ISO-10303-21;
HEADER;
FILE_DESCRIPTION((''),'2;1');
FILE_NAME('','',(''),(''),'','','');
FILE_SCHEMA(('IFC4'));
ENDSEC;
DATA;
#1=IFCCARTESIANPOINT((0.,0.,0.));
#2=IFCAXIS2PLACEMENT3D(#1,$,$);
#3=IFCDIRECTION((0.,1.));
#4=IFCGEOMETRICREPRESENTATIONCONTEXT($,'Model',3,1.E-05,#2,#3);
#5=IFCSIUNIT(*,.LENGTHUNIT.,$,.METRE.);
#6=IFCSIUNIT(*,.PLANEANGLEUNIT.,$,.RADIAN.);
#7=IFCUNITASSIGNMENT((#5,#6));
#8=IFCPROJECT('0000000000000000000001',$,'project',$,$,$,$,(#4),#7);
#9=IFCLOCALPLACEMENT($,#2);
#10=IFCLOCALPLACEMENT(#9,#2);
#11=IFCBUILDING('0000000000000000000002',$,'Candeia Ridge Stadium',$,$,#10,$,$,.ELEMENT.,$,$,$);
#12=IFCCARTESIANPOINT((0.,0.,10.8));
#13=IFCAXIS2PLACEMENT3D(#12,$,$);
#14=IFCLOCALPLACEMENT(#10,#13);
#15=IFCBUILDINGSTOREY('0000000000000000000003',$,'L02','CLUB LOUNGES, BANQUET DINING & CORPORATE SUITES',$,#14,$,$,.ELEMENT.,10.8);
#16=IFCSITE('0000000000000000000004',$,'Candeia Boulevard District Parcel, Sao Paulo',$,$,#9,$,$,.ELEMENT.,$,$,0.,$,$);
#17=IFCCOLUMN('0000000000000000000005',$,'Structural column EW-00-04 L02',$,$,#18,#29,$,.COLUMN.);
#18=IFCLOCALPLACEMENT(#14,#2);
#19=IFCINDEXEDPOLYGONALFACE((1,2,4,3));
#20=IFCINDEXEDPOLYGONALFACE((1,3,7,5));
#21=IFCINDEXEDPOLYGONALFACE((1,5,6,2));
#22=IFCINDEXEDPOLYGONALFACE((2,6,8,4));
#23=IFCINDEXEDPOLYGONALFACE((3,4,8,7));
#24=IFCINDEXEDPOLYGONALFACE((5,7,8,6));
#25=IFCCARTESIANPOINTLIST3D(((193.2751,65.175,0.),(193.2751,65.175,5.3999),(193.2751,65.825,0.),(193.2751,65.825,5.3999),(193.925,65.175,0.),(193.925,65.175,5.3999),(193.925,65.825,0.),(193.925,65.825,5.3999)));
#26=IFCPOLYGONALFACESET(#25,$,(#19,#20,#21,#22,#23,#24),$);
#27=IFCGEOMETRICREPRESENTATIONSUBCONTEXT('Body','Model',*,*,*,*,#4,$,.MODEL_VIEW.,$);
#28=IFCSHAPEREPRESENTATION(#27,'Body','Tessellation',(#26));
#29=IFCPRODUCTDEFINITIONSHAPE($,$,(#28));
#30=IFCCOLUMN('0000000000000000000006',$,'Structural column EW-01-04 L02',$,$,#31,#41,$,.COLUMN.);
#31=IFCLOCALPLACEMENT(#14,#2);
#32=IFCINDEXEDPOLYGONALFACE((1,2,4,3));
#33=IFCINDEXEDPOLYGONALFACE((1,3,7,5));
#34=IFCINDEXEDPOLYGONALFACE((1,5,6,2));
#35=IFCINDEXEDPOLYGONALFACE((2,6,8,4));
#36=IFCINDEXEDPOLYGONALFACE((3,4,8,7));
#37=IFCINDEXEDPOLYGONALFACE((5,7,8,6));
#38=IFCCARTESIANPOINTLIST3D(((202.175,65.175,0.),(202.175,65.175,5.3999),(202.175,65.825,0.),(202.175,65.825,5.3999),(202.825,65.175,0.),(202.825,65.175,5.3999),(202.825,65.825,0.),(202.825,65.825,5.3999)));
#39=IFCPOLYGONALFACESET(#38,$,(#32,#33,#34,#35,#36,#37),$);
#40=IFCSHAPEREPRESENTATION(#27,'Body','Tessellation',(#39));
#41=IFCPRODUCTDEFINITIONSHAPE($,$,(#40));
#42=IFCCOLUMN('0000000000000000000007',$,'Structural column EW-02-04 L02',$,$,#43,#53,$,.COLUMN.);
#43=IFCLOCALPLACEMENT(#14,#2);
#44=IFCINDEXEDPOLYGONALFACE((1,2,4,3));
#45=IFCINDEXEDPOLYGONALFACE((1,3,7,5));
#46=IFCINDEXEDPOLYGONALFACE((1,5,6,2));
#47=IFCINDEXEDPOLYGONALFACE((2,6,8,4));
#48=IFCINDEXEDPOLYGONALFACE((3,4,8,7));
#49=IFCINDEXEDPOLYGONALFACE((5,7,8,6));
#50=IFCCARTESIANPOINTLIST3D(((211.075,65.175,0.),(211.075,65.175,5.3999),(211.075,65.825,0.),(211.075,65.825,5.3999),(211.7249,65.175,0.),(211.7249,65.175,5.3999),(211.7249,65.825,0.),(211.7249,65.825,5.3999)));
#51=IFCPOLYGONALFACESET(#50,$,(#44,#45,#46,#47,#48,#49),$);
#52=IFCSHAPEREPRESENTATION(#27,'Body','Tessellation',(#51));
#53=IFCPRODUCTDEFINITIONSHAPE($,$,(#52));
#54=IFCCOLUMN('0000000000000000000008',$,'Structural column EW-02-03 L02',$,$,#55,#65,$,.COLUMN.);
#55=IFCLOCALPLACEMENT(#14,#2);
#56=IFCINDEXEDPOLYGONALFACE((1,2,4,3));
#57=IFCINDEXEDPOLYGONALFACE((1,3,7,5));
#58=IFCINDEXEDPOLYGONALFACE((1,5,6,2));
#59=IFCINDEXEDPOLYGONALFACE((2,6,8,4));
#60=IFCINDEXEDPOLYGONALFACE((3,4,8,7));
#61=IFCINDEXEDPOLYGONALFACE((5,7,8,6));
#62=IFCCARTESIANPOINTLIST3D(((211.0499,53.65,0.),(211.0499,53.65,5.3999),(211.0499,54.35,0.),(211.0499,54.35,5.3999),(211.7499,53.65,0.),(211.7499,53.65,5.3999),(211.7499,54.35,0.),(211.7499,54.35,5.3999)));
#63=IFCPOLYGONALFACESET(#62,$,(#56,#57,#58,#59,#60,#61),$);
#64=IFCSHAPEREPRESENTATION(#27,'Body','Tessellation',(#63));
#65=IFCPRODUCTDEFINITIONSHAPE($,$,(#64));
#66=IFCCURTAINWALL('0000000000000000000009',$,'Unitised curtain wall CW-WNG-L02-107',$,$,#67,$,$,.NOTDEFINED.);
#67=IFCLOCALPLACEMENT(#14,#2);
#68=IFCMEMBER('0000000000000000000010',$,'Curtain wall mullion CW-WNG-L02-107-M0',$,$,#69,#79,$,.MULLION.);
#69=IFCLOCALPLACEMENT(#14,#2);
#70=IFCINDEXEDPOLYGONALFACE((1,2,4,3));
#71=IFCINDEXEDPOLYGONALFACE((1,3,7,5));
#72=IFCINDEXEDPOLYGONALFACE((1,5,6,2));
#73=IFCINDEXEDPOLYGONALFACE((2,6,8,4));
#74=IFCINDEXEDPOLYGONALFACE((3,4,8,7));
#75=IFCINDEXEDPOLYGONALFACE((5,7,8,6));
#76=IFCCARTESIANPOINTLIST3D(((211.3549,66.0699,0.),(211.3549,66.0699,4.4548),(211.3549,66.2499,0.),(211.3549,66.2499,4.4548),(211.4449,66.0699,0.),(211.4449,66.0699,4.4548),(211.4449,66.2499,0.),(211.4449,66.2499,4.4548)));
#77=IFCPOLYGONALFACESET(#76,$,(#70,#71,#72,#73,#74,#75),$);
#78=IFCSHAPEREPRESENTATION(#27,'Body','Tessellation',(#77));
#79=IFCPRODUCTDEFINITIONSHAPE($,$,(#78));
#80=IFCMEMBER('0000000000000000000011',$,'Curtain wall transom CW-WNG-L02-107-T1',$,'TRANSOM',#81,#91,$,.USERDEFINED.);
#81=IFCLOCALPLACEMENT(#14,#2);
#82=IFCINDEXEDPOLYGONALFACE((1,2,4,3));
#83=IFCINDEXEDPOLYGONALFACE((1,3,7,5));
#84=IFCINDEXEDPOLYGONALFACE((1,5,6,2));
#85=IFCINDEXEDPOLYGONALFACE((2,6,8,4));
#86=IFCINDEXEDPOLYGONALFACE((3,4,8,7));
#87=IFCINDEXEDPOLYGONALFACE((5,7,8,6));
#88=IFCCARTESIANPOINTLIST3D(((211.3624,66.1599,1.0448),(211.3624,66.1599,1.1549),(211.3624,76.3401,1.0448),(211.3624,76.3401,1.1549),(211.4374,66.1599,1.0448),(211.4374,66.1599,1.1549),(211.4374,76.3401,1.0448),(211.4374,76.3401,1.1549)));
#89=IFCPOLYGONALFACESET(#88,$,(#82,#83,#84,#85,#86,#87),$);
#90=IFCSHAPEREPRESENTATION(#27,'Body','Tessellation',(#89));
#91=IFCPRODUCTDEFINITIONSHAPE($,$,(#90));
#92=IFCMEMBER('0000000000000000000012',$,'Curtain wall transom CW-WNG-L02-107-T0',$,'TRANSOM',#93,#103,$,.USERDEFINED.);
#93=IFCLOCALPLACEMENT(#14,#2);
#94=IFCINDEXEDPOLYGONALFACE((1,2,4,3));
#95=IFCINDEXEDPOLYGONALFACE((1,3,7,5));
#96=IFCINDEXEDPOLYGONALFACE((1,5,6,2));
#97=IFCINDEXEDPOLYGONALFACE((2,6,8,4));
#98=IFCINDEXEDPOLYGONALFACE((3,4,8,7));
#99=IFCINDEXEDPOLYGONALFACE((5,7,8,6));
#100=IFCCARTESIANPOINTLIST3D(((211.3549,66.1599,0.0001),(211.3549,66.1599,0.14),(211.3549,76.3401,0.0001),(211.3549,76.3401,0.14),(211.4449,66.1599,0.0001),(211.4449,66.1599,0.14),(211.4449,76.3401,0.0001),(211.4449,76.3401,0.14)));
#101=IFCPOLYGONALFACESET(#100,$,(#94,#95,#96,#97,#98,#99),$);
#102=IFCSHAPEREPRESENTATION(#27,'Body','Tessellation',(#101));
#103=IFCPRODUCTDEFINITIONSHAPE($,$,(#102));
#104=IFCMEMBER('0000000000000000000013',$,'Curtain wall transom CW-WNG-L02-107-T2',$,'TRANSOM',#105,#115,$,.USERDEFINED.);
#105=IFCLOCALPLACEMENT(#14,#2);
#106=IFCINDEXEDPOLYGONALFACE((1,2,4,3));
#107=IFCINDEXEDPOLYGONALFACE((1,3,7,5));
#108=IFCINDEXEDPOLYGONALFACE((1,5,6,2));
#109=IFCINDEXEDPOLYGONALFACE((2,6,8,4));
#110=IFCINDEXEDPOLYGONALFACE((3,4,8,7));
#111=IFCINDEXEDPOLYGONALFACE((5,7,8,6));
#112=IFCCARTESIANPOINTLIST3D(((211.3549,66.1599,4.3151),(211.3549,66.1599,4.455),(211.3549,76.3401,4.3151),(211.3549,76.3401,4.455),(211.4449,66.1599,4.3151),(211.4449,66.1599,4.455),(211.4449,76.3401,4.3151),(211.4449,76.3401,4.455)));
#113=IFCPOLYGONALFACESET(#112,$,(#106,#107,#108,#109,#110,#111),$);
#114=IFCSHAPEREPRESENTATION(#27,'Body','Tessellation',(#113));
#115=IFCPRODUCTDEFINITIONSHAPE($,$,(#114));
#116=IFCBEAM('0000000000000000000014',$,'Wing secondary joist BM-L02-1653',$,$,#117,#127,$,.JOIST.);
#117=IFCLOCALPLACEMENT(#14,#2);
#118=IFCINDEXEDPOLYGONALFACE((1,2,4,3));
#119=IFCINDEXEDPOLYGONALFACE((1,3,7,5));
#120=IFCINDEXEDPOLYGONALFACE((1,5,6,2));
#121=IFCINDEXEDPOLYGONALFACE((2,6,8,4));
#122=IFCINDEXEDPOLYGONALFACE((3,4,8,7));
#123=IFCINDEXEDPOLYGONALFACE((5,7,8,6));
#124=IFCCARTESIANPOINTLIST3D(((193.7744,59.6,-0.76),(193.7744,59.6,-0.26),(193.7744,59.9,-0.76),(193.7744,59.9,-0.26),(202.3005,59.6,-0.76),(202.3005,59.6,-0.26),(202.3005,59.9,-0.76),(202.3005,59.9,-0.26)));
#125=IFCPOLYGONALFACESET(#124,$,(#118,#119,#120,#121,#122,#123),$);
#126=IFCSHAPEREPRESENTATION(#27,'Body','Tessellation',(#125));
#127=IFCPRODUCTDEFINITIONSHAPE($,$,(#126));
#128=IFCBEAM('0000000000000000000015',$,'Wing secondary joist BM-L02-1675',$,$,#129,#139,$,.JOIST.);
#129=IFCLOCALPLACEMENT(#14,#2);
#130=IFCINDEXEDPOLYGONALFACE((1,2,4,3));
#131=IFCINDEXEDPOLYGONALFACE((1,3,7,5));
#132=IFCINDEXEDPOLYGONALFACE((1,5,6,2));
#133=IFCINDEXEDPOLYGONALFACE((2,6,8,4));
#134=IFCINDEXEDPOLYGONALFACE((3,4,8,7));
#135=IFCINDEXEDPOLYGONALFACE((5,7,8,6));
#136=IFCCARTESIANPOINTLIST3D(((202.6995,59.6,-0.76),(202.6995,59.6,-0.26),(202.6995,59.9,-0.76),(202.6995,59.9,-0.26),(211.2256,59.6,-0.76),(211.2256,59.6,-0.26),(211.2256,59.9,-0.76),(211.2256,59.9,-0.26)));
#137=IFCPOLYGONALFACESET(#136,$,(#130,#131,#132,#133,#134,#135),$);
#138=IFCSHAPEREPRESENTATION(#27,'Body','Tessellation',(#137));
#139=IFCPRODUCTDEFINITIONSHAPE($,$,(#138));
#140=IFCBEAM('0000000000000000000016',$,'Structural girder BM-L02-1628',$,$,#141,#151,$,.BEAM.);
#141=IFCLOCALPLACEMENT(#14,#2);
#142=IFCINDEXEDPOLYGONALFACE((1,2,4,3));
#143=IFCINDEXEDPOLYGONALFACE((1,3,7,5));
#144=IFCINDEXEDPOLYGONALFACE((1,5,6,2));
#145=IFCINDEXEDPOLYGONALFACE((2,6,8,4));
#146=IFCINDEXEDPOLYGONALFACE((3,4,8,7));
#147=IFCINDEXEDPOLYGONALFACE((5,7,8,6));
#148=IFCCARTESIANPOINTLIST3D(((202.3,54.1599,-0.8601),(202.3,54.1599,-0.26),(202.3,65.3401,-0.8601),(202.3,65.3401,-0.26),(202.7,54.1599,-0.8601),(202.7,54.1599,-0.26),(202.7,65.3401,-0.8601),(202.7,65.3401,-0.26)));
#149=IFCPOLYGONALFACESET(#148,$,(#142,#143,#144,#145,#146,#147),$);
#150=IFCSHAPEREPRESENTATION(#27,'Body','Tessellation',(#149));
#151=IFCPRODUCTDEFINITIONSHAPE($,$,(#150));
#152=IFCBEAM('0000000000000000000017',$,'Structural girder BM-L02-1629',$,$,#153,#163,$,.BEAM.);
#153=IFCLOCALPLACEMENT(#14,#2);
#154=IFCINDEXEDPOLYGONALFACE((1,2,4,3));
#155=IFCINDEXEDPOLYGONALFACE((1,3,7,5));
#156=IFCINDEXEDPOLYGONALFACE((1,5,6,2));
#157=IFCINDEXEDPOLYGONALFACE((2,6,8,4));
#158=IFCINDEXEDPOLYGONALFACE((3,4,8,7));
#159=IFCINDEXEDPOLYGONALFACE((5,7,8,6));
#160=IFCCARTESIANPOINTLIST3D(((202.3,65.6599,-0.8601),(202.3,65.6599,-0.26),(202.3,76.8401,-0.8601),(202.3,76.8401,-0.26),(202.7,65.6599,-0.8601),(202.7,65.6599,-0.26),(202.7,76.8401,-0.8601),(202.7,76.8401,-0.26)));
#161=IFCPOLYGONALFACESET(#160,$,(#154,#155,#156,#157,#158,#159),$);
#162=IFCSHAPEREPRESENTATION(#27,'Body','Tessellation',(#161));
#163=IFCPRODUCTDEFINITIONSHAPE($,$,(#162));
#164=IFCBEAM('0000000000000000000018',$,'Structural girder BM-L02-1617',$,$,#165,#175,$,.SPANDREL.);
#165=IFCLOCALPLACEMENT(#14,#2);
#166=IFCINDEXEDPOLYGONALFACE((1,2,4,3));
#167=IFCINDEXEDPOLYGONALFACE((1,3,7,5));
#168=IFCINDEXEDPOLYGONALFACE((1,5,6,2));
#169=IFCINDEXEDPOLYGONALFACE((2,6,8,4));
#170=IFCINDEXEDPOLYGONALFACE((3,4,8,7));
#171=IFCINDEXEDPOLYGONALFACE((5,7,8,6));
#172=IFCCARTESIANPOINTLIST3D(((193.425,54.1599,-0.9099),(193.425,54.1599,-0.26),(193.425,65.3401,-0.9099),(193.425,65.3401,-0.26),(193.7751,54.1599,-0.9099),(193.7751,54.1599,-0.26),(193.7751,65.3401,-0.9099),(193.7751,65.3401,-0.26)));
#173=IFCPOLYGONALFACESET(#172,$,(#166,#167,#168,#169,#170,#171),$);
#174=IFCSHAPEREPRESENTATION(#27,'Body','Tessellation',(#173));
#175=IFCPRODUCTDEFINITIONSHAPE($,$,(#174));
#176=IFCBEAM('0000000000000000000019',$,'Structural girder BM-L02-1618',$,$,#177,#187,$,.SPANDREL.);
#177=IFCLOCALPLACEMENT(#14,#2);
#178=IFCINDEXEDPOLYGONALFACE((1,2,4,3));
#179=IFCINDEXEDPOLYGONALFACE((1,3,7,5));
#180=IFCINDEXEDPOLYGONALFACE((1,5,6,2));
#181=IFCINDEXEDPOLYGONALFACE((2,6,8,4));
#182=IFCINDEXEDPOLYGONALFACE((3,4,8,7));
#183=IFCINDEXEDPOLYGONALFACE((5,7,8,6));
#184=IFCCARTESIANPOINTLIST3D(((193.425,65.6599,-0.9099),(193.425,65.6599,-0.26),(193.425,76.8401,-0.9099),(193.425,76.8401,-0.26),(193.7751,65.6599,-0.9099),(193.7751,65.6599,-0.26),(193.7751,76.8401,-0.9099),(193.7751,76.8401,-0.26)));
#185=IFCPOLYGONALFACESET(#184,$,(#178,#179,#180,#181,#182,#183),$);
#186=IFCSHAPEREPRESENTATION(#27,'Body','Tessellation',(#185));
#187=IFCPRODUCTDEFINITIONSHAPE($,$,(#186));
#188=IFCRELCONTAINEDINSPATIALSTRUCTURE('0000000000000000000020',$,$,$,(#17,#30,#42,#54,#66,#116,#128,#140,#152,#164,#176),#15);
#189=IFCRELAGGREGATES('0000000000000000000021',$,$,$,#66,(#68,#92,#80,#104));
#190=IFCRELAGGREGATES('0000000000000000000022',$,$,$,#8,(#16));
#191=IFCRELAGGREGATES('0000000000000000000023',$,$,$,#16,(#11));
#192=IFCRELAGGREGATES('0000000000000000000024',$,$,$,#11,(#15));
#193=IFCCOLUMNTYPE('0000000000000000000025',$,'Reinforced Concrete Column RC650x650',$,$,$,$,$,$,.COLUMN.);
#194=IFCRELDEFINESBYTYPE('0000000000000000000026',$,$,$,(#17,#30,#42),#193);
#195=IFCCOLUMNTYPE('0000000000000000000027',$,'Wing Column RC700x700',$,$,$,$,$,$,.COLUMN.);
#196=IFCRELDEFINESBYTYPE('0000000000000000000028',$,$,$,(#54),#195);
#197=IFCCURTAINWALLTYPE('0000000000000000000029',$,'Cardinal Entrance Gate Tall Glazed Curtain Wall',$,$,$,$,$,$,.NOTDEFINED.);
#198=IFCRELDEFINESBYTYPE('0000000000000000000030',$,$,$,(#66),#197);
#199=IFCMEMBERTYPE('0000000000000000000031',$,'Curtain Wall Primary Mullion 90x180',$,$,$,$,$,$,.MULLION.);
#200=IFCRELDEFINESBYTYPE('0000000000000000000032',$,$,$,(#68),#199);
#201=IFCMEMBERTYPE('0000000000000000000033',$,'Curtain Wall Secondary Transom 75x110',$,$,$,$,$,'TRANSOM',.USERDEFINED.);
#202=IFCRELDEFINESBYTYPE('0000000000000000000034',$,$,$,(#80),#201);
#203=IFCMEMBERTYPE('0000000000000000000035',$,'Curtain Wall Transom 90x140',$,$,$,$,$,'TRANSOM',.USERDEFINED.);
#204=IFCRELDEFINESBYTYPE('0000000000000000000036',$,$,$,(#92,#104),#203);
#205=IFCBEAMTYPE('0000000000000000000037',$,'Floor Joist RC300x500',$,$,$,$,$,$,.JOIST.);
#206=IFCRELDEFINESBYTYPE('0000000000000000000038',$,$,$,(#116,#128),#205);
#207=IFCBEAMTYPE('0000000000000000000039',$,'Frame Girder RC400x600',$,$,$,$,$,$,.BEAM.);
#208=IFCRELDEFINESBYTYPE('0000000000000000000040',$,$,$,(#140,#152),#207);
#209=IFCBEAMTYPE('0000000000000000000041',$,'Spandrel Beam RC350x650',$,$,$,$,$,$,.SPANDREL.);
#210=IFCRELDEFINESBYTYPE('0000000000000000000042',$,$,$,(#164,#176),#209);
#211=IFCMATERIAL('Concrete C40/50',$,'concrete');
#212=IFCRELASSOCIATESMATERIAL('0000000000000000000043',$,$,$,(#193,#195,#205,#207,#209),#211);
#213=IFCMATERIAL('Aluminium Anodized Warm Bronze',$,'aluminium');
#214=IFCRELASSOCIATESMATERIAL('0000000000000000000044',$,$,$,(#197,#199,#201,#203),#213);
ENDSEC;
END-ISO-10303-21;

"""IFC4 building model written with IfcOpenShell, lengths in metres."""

from ifc_helpers import new_model, si_unit, direction, frame, origin, origin_2d, place, context, subcontext, project, spatial, rectangle, extrude, material, material_profile, profile_set, type_object, element, aggregate, save


model = new_model("IFC4")

# Units and contexts
model_context = context("Model", 3, precision=1e-05, world=origin(), true_north=direction((0.0, 1.0)))
body_context = subcontext(model_context, "Body", "Model", "MODEL_VIEW")
ifc_project = project(units=[si_unit("LENGTHUNIT", "METRE"), si_unit("PLANEANGLEUNIT", "RADIAN")], contexts=[model_context])

# Site, building, storey
site_placement = place(None, origin())
site = spatial("IfcSite", under=ifc_project, at=site_placement, Name="Candeia Boulevard District Parcel, Sao Paulo", CompositionType="ELEMENT", RefElevation=0.0)
building_placement = place(site_placement, origin())
building = spatial("IfcBuilding", under=site, at=building_placement, Name="Candeia Ridge Stadium", CompositionType="ELEMENT")
storey_placement = place(building_placement, frame((0.0, 0.0, 10.8)))
storey = spatial("IfcBuildingStorey", under=building, at=storey_placement, Name="L02", Description="CLUB LOUNGES, BANQUET DINING & CORPORATE SUITES", CompositionType="ELEMENT", Elevation=10.8)

# Columns
ifc_material_1 = material(Name="Concrete C40/50", Category="concrete")
ifc_material_profile_1 = material_profile(ifc_material_1, rectangle(XDim=0.6499, YDim=0.6499, at=origin_2d()), Name="RC650x650", Category="concrete")
ifc_profile_set_1 = profile_set([ifc_material_profile_1], Name="Concrete C40/50")
column_type_1 = type_object("IfcColumnType", Name="Reinforced Concrete Column RC650x650", PredefinedType="COLUMN", material=ifc_profile_set_1)
for number, where, z_axis, x_axis, name in (
    (1, (193.6001, 65.5, 0.0), (0.0, 0.0, 1.0), (1.0, 0.0, 0.0), "Structural column EW-00-04 L02"),
    (2, (202.5, 65.5, 0.0), (0.0, 0.0, 1.0), (1.0, 0.0, 0.0), "Structural column EW-01-04 L02"),
    (3, (211.3999, 65.5, 0.0), (0.0, 0.0, 1.0), (1.0, 0.0, 0.0), "Structural column EW-02-04 L02"),
):
    element("IfcColumn", number, at=place(storey_placement, frame(where, z_axis=z_axis, x_axis=x_axis)), inside=storey, type_object=column_type_1, Name=name, PredefinedType="COLUMN", context=body_context, shape_type="SweptSolid", body=[
        extrude(rectangle(XDim=0.6499, YDim=0.6499, at=origin_2d()), origin(), (0.0, 0.0, 1.0), 5.3999),
    ])
ifc_material_profile_2 = material_profile(ifc_material_1, rectangle(XDim=0.7, YDim=0.7, at=origin_2d()), Name="RC700x700", Category="concrete")
ifc_profile_set_2 = profile_set([ifc_material_profile_2], Name="Concrete C40/50")
column_type_2 = type_object("IfcColumnType", Name="Wing Column RC700x700", PredefinedType="COLUMN", material=ifc_profile_set_2)
column_placement = place(storey_placement, frame((211.3999, 54.0, 0.0), z_axis=(0.0, 0.0, 1.0), x_axis=(1.0, 0.0, 0.0)))
element("IfcColumn", 4, at=column_placement, inside=storey, type_object=column_type_2, Name="Structural column EW-02-03 L02", PredefinedType="COLUMN", context=body_context, shape_type="SweptSolid", body=[
    extrude(rectangle(XDim=0.7, YDim=0.7, at=origin_2d()), origin(), (0.0, 0.0, 1.0), 5.3999),
])

# Curtain wall, members
ifc_material_2 = material(Name="Aluminium Anodized Warm Bronze", Category="aluminium")
curtain_wall_type = type_object("IfcCurtainWallType", Name="Cardinal Entrance Gate Tall Glazed Curtain Wall", PredefinedType="NOTDEFINED", material=ifc_material_2)
curtain_wall_placement = place(storey_placement, origin())
curtain_wall = element("IfcCurtainWall", 5, at=curtain_wall_placement, inside=storey, type_object=curtain_wall_type, Name="Unitised curtain wall CW-WNG-L02-107", PredefinedType="NOTDEFINED")
ifc_material_profile_3 = material_profile(ifc_material_2, rectangle(XDim=0.0901, YDim=0.1799, at=origin_2d()), Name="CWM-90x180", Category="aluminium")
ifc_profile_set_3 = profile_set([ifc_material_profile_3], Name="Aluminium Anodized Warm Bronze")
member_type_1 = type_object("IfcMemberType", Name="Curtain Wall Primary Mullion 90x180", PredefinedType="MULLION", material=ifc_profile_set_3)
member_1_placement = place(storey_placement, frame((211.3999, 66.1599, 0.0), z_axis=(0.0, 0.0, 1.0), x_axis=(1.0, 0.0, 0.0)))
member_1 = element("IfcMember", 6, at=member_1_placement, type_object=member_type_1, Name="Curtain wall mullion CW-WNG-L02-107-M0", PredefinedType="MULLION", context=body_context, shape_type="SweptSolid", body=[
    extrude(rectangle(XDim=0.0901, YDim=0.1799, at=origin_2d()), origin(), (0.0, 0.0, 1.0), 4.4548),
])
ifc_material_profile_4 = material_profile(ifc_material_2, rectangle(XDim=0.075, YDim=0.1101, at=origin_2d()), Name="CWT-75x110", Category="aluminium")
ifc_profile_set_4 = profile_set([ifc_material_profile_4], Name="Aluminium Anodized Warm Bronze")
member_type_2 = type_object("IfcMemberType", Name="Curtain Wall Secondary Transom 75x110", ElementType="TRANSOM", PredefinedType="USERDEFINED", material=ifc_profile_set_4)
member_2_placement = place(storey_placement, frame((211.3999, 66.1599, 1.0999), z_axis=(0.0, 1.0, 0.0), x_axis=(-1.0, 0.0, 0.0)))
member_2 = element("IfcMember", 7, at=member_2_placement, type_object=member_type_2, Name="Curtain wall transom CW-WNG-L02-107-T1", ObjectType="TRANSOM", PredefinedType="USERDEFINED", context=body_context, shape_type="SweptSolid", body=[
    extrude(rectangle(XDim=0.075, YDim=0.1101, at=origin_2d()), origin(), (0.0, 0.0, 1.0), 10.1802),
])
ifc_material_profile_5 = material_profile(ifc_material_2, rectangle(XDim=0.0901, YDim=0.1399, at=origin_2d()), Name="CWT-90x140", Category="aluminium")
ifc_profile_set_5 = profile_set([ifc_material_profile_5], Name="Aluminium Anodized Warm Bronze")
member_type_3 = type_object("IfcMemberType", Name="Curtain Wall Transom 90x140", ElementType="TRANSOM", PredefinedType="USERDEFINED", material=ifc_profile_set_5)
member_3_placement = place(storey_placement, frame((211.3999, 66.1599, 0.0701), z_axis=(0.0, 1.0, 0.0), x_axis=(-1.0, 0.0, 0.0)))
member_3 = element("IfcMember", 8, at=member_3_placement, type_object=member_type_3, Name="Curtain wall transom CW-WNG-L02-107-T0", ObjectType="TRANSOM", PredefinedType="USERDEFINED", context=body_context, shape_type="SweptSolid", body=[
    extrude(rectangle(XDim=0.0901, YDim=0.1399, at=origin_2d()), origin(), (0.0, 0.0, 1.0), 10.1802),
])
member_4_placement = place(storey_placement, frame((211.3999, 66.1599, 4.385), z_axis=(0.0, 1.0, 0.0), x_axis=(-1.0, 0.0, 0.0)))
member_4 = element("IfcMember", 9, at=member_4_placement, type_object=member_type_3, Name="Curtain wall transom CW-WNG-L02-107-T2", ObjectType="TRANSOM", PredefinedType="USERDEFINED", context=body_context, shape_type="SweptSolid", body=[
    extrude(rectangle(XDim=0.0901, YDim=0.1399, at=origin_2d()), origin(), (0.0, 0.0, 1.0), 10.1802),
])
aggregate(curtain_wall, [member_1, member_3, member_2, member_4])

# Beams
ifc_material_profile_6 = material_profile(ifc_material_1, rectangle(XDim=0.3, YDim=0.5, at=origin_2d()), Name="RC300x500", Category="concrete")
ifc_profile_set_6 = profile_set([ifc_material_profile_6], Name="Concrete C40/50")
beam_type_1 = type_object("IfcBeamType", Name="Floor Joist RC300x500", PredefinedType="JOIST", material=ifc_profile_set_6)
for number, where, z_axis, x_axis, name in (
    (10, (193.7744, 59.75, -0.51), (1.0, 0.0, 0.0), (0.0, 1.0, 0.0), "Wing secondary joist BM-L02-1653"),
    (11, (202.6995, 59.75, -0.51), (1.0, 0.0, 0.0), (0.0, 1.0, 0.0), "Wing secondary joist BM-L02-1675"),
):
    element("IfcBeam", number, at=place(storey_placement, frame(where, z_axis=z_axis, x_axis=x_axis)), inside=storey, type_object=beam_type_1, Name=name, PredefinedType="JOIST", context=body_context, shape_type="SweptSolid", body=[
        extrude(rectangle(XDim=0.3, YDim=0.5, at=origin_2d()), origin(), (0.0, 0.0, 1.0), 8.5261),
    ])
ifc_material_profile_7 = material_profile(ifc_material_1, rectangle(XDim=0.3999, YDim=0.6001, at=origin_2d()), Name="RC400x600", Category="concrete")
ifc_profile_set_7 = profile_set([ifc_material_profile_7], Name="Concrete C40/50")
beam_type_2 = type_object("IfcBeamType", Name="Frame Girder RC400x600", PredefinedType="BEAM", material=ifc_profile_set_7)
for number, where, z_axis, x_axis, name in (
    (12, (202.5, 54.1599, -0.5601), (0.0, 1.0, 0.0), (-1.0, 0.0, 0.0), "Structural girder BM-L02-1628"),
    (13, (202.5, 65.6599, -0.5601), (0.0, 1.0, 0.0), (-1.0, 0.0, 0.0), "Structural girder BM-L02-1629"),
):
    element("IfcBeam", number, at=place(storey_placement, frame(where, z_axis=z_axis, x_axis=x_axis)), inside=storey, type_object=beam_type_2, Name=name, PredefinedType="BEAM", context=body_context, shape_type="SweptSolid", body=[
        extrude(rectangle(XDim=0.3999, YDim=0.6001, at=origin_2d()), origin(), (0.0, 0.0, 1.0), 11.1802),
    ])
ifc_material_profile_8 = material_profile(ifc_material_1, rectangle(XDim=0.3501, YDim=0.6499, at=origin_2d()), Name="RC350x650", Category="concrete")
ifc_profile_set_8 = profile_set([ifc_material_profile_8], Name="Concrete C40/50")
beam_type_3 = type_object("IfcBeamType", Name="Spandrel Beam RC350x650", PredefinedType="SPANDREL", material=ifc_profile_set_8)
for number, where, z_axis, x_axis, name in (
    (14, (193.6001, 54.1599, -0.585), (0.0, 1.0, 0.0), (-1.0, 0.0, 0.0), "Structural girder BM-L02-1617"),
    (15, (193.6001, 65.6599, -0.585), (0.0, 1.0, 0.0), (-1.0, 0.0, 0.0), "Structural girder BM-L02-1618"),
):
    element("IfcBeam", number, at=place(storey_placement, frame(where, z_axis=z_axis, x_axis=x_axis)), inside=storey, type_object=beam_type_3, Name=name, PredefinedType="SPANDREL", context=body_context, shape_type="SweptSolid", body=[
        extrude(rectangle(XDim=0.3501, YDim=0.6499, at=origin_2d()), origin(), (0.0, 0.0, 1.0), 11.1802),
    ])

save(model, "model.ifc")
